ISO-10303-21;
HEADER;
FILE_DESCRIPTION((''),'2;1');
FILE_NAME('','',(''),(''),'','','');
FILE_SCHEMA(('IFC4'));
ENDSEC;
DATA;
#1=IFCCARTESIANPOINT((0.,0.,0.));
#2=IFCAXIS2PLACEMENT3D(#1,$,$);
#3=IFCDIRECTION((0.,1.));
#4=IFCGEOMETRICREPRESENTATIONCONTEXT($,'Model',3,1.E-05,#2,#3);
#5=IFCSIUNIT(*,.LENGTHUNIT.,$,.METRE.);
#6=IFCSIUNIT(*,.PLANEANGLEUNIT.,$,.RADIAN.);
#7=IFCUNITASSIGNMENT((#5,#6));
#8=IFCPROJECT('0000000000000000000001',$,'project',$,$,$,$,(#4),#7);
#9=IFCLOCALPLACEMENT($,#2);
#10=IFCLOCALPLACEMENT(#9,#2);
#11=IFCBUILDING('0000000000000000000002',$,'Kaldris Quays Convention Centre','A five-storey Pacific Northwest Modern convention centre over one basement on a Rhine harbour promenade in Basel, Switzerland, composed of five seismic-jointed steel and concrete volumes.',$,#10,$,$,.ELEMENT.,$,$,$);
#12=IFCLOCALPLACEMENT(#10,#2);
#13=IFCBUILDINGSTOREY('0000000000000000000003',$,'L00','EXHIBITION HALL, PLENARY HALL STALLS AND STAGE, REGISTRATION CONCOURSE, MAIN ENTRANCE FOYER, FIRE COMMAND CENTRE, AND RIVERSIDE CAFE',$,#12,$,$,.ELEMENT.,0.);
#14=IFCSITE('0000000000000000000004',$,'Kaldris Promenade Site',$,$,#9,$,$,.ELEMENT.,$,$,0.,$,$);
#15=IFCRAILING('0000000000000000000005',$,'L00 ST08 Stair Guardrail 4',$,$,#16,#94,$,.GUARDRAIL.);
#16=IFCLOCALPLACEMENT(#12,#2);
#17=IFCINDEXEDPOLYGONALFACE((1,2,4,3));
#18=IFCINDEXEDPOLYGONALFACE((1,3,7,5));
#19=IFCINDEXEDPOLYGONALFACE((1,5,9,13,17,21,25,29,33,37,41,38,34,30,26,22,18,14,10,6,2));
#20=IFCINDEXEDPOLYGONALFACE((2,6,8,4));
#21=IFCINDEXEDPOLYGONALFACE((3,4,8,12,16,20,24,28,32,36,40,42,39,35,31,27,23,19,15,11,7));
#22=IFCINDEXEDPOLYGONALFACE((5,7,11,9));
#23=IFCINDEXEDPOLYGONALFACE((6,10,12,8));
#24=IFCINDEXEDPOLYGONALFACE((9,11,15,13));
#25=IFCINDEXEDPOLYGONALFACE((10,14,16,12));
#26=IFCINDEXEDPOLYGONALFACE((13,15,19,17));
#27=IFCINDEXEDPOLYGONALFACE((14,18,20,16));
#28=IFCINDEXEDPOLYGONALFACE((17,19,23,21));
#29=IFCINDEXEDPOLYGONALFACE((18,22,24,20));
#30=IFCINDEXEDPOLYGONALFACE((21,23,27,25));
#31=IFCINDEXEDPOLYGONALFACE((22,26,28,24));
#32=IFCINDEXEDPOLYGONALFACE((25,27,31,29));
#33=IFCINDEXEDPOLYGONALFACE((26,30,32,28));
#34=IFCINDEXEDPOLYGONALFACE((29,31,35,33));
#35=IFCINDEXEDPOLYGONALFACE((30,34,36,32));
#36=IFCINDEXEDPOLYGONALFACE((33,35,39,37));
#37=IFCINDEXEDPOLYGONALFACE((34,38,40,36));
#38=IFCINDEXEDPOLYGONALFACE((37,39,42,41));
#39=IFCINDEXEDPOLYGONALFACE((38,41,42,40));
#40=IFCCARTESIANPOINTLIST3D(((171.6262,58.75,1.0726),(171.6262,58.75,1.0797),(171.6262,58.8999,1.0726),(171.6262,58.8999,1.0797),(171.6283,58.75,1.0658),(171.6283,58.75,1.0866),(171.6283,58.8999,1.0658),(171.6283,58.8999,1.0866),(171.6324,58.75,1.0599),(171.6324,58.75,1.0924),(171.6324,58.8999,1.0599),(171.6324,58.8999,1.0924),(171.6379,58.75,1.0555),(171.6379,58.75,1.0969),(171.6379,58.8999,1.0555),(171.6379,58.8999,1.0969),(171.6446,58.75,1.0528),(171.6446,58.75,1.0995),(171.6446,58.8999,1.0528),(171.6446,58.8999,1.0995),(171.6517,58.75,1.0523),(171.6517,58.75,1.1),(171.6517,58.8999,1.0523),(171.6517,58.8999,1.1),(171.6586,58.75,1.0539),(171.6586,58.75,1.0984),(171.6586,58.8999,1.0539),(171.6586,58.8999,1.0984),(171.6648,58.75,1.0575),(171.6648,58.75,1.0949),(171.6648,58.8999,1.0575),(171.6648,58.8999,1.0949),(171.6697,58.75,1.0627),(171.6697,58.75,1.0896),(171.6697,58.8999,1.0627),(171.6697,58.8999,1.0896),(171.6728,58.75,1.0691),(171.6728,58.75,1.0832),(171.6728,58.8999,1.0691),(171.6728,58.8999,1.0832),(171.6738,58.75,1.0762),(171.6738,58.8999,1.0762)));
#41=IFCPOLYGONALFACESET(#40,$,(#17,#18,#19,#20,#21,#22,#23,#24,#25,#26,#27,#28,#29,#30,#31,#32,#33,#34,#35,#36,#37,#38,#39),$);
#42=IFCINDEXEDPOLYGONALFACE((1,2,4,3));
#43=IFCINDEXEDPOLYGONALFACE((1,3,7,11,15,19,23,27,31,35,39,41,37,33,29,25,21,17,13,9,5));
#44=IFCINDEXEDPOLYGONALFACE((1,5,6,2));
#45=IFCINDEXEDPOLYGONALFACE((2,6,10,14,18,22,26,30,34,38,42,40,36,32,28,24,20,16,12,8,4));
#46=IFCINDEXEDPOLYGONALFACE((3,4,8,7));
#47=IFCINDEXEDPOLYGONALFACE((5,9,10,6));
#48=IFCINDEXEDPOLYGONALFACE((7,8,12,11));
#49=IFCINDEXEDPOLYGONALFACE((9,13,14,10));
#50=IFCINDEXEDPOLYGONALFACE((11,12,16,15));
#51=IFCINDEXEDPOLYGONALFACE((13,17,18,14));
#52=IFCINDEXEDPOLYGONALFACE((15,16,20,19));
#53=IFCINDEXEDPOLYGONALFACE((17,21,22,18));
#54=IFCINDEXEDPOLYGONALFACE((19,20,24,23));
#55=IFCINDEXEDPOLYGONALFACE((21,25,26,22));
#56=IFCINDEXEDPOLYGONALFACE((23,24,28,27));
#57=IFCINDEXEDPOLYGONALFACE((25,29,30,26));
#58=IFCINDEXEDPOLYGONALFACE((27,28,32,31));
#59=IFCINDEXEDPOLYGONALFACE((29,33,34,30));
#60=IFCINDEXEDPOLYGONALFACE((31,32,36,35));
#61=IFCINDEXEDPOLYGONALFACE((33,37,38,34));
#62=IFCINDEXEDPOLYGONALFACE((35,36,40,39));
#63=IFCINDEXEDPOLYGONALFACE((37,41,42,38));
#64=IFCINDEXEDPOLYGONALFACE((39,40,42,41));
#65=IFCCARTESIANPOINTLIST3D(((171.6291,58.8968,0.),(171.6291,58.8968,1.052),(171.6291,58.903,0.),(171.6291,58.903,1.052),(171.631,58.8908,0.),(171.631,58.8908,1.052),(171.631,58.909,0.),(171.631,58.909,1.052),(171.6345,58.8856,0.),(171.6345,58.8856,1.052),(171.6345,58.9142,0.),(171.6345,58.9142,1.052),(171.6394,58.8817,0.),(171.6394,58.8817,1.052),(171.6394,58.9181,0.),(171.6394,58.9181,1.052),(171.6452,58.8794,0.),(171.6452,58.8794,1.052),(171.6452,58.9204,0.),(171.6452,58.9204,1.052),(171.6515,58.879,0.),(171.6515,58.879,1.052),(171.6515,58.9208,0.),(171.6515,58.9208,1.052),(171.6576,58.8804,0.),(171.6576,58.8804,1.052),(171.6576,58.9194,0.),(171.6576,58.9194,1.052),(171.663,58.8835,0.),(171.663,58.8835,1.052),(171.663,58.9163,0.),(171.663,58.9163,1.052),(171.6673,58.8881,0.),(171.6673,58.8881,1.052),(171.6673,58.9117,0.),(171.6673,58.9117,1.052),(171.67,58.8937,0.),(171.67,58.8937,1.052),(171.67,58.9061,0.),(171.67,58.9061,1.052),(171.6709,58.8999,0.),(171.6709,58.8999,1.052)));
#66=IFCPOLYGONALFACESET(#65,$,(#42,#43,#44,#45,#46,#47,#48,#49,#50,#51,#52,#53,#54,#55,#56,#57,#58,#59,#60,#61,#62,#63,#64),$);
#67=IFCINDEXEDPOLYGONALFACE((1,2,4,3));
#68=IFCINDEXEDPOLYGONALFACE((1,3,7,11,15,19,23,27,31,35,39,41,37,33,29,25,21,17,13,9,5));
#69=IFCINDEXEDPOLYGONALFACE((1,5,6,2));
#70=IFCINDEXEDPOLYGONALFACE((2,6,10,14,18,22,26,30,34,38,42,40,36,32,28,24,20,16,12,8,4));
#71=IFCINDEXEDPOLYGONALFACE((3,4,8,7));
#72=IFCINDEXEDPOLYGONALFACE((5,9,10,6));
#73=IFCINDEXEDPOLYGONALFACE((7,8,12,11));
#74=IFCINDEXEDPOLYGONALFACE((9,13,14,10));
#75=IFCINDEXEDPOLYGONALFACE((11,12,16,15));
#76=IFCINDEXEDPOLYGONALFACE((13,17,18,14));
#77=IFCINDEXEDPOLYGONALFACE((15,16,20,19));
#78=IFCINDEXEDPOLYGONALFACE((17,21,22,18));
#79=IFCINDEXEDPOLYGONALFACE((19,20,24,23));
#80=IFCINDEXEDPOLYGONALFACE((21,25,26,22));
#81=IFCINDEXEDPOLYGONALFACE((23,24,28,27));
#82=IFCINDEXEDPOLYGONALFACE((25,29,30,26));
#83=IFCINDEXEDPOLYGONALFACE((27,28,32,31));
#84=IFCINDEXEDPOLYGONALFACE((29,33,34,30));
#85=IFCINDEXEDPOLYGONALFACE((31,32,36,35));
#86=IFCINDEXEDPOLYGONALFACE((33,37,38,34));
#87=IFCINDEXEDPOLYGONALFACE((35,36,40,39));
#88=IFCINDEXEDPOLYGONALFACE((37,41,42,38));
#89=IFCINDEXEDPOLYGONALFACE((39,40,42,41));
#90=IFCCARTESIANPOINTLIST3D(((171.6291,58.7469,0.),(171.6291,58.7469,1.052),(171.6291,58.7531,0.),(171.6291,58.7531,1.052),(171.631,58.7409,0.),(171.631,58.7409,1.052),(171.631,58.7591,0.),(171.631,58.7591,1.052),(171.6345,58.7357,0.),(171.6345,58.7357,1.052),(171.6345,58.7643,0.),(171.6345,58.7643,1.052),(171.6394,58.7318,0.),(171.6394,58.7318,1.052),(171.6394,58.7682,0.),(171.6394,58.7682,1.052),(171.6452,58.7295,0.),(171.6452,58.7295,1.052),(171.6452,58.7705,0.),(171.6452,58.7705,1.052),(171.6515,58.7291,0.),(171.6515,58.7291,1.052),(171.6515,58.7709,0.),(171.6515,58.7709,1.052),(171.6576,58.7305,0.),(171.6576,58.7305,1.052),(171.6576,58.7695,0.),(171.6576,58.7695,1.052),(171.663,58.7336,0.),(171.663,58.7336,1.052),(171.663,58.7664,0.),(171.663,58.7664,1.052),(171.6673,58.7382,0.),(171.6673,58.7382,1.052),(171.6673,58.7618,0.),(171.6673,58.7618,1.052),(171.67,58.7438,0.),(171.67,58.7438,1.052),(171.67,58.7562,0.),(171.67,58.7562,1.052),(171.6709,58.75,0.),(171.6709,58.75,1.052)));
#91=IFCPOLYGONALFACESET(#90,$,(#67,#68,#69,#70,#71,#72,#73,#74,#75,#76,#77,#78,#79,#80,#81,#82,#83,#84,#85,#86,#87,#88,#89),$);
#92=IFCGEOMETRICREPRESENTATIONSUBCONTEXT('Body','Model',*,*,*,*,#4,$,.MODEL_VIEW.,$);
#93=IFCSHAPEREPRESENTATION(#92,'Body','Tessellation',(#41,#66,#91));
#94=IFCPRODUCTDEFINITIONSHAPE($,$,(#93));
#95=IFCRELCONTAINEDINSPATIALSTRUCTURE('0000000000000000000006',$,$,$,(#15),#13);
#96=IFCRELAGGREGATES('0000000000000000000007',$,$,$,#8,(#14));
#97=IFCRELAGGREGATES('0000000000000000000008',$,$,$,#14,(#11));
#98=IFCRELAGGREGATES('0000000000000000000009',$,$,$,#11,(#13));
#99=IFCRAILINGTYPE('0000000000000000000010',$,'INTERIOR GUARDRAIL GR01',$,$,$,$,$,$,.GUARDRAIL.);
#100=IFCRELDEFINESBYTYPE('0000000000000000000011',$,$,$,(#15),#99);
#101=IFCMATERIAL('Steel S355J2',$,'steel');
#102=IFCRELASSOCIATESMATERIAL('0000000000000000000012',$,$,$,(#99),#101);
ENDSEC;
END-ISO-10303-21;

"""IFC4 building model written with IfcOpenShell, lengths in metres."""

from ifc_helpers import new_model, si_unit, direction, frame, origin, origin_2d, place, context, subcontext, project, spatial, circle, extrude, material, type_object, element, save


model = new_model("IFC4")

# Units and contexts
model_context = context("Model", 3, precision=1e-05, world=origin(), true_north=direction((0.0, 1.0)))
body_context = subcontext(model_context, "Body", "Model", "MODEL_VIEW")
ifc_project = project(units=[si_unit("LENGTHUNIT", "METRE"), si_unit("PLANEANGLEUNIT", "RADIAN")], contexts=[model_context])

# Site, building, storey
site_placement = place(None, origin())
site = spatial("IfcSite", under=ifc_project, at=site_placement, Name="Kaldris Promenade Site", CompositionType="ELEMENT", RefElevation=0.0)
building_placement = place(site_placement, origin())
building = spatial("IfcBuilding", under=site, at=building_placement, Name="Kaldris Quays Convention Centre", Description="A five-storey Pacific Northwest Modern convention centre over one basement on a Rhine harbour promenade in Basel, Switzerland, composed of five seismic-jointed steel and concrete volumes.", CompositionType="ELEMENT")
storey_placement = place(building_placement, origin())
storey = spatial("IfcBuildingStorey", under=building, at=storey_placement, Name="L00", Description="EXHIBITION HALL, PLENARY HALL STALLS AND STAGE, REGISTRATION CONCOURSE, MAIN ENTRANCE FOYER, FIRE COMMAND CENTRE, AND RIVERSIDE CAFE", CompositionType="ELEMENT", Elevation=0.0)

# Shared definitions
ifc_material_1 = material(Name="Steel S355J2", Category="steel")

# Railing
railing_type_1 = type_object("IfcRailingType", Name="INTERIOR GUARDRAIL GR01", PredefinedType="GUARDRAIL", material=ifc_material_1)
railing_1_placement = place(storey_placement, frame((171.6499, 58.8999, 0.0)))
element("IfcRailing", 1, at=railing_1_placement, inside=storey, type_object=railing_type_1, Name="L00 ST08 Stair Guardrail 4", PredefinedType="GUARDRAIL", context=body_context, shape_type="SweptSolid", body=[
    extrude(circle(Radius=0.0239, at=origin_2d()), frame((0.0, 0.0, 1.0762), z_axis=(0.0, -1.0, 0.0), x_axis=(1.0, 0.0, 0.0)), (0.0, 0.0, 1.0), 0.1499),
    extrude(circle(Radius=0.021, at=origin_2d()), origin(), (0.0, 0.0, 1.0), 1.052),
    extrude(circle(Radius=0.021, at=origin_2d()), frame((0.0, -0.1499, 0.0)), (0.0, 0.0, 1.0), 1.052),
])

save(model, "model.ifc")
